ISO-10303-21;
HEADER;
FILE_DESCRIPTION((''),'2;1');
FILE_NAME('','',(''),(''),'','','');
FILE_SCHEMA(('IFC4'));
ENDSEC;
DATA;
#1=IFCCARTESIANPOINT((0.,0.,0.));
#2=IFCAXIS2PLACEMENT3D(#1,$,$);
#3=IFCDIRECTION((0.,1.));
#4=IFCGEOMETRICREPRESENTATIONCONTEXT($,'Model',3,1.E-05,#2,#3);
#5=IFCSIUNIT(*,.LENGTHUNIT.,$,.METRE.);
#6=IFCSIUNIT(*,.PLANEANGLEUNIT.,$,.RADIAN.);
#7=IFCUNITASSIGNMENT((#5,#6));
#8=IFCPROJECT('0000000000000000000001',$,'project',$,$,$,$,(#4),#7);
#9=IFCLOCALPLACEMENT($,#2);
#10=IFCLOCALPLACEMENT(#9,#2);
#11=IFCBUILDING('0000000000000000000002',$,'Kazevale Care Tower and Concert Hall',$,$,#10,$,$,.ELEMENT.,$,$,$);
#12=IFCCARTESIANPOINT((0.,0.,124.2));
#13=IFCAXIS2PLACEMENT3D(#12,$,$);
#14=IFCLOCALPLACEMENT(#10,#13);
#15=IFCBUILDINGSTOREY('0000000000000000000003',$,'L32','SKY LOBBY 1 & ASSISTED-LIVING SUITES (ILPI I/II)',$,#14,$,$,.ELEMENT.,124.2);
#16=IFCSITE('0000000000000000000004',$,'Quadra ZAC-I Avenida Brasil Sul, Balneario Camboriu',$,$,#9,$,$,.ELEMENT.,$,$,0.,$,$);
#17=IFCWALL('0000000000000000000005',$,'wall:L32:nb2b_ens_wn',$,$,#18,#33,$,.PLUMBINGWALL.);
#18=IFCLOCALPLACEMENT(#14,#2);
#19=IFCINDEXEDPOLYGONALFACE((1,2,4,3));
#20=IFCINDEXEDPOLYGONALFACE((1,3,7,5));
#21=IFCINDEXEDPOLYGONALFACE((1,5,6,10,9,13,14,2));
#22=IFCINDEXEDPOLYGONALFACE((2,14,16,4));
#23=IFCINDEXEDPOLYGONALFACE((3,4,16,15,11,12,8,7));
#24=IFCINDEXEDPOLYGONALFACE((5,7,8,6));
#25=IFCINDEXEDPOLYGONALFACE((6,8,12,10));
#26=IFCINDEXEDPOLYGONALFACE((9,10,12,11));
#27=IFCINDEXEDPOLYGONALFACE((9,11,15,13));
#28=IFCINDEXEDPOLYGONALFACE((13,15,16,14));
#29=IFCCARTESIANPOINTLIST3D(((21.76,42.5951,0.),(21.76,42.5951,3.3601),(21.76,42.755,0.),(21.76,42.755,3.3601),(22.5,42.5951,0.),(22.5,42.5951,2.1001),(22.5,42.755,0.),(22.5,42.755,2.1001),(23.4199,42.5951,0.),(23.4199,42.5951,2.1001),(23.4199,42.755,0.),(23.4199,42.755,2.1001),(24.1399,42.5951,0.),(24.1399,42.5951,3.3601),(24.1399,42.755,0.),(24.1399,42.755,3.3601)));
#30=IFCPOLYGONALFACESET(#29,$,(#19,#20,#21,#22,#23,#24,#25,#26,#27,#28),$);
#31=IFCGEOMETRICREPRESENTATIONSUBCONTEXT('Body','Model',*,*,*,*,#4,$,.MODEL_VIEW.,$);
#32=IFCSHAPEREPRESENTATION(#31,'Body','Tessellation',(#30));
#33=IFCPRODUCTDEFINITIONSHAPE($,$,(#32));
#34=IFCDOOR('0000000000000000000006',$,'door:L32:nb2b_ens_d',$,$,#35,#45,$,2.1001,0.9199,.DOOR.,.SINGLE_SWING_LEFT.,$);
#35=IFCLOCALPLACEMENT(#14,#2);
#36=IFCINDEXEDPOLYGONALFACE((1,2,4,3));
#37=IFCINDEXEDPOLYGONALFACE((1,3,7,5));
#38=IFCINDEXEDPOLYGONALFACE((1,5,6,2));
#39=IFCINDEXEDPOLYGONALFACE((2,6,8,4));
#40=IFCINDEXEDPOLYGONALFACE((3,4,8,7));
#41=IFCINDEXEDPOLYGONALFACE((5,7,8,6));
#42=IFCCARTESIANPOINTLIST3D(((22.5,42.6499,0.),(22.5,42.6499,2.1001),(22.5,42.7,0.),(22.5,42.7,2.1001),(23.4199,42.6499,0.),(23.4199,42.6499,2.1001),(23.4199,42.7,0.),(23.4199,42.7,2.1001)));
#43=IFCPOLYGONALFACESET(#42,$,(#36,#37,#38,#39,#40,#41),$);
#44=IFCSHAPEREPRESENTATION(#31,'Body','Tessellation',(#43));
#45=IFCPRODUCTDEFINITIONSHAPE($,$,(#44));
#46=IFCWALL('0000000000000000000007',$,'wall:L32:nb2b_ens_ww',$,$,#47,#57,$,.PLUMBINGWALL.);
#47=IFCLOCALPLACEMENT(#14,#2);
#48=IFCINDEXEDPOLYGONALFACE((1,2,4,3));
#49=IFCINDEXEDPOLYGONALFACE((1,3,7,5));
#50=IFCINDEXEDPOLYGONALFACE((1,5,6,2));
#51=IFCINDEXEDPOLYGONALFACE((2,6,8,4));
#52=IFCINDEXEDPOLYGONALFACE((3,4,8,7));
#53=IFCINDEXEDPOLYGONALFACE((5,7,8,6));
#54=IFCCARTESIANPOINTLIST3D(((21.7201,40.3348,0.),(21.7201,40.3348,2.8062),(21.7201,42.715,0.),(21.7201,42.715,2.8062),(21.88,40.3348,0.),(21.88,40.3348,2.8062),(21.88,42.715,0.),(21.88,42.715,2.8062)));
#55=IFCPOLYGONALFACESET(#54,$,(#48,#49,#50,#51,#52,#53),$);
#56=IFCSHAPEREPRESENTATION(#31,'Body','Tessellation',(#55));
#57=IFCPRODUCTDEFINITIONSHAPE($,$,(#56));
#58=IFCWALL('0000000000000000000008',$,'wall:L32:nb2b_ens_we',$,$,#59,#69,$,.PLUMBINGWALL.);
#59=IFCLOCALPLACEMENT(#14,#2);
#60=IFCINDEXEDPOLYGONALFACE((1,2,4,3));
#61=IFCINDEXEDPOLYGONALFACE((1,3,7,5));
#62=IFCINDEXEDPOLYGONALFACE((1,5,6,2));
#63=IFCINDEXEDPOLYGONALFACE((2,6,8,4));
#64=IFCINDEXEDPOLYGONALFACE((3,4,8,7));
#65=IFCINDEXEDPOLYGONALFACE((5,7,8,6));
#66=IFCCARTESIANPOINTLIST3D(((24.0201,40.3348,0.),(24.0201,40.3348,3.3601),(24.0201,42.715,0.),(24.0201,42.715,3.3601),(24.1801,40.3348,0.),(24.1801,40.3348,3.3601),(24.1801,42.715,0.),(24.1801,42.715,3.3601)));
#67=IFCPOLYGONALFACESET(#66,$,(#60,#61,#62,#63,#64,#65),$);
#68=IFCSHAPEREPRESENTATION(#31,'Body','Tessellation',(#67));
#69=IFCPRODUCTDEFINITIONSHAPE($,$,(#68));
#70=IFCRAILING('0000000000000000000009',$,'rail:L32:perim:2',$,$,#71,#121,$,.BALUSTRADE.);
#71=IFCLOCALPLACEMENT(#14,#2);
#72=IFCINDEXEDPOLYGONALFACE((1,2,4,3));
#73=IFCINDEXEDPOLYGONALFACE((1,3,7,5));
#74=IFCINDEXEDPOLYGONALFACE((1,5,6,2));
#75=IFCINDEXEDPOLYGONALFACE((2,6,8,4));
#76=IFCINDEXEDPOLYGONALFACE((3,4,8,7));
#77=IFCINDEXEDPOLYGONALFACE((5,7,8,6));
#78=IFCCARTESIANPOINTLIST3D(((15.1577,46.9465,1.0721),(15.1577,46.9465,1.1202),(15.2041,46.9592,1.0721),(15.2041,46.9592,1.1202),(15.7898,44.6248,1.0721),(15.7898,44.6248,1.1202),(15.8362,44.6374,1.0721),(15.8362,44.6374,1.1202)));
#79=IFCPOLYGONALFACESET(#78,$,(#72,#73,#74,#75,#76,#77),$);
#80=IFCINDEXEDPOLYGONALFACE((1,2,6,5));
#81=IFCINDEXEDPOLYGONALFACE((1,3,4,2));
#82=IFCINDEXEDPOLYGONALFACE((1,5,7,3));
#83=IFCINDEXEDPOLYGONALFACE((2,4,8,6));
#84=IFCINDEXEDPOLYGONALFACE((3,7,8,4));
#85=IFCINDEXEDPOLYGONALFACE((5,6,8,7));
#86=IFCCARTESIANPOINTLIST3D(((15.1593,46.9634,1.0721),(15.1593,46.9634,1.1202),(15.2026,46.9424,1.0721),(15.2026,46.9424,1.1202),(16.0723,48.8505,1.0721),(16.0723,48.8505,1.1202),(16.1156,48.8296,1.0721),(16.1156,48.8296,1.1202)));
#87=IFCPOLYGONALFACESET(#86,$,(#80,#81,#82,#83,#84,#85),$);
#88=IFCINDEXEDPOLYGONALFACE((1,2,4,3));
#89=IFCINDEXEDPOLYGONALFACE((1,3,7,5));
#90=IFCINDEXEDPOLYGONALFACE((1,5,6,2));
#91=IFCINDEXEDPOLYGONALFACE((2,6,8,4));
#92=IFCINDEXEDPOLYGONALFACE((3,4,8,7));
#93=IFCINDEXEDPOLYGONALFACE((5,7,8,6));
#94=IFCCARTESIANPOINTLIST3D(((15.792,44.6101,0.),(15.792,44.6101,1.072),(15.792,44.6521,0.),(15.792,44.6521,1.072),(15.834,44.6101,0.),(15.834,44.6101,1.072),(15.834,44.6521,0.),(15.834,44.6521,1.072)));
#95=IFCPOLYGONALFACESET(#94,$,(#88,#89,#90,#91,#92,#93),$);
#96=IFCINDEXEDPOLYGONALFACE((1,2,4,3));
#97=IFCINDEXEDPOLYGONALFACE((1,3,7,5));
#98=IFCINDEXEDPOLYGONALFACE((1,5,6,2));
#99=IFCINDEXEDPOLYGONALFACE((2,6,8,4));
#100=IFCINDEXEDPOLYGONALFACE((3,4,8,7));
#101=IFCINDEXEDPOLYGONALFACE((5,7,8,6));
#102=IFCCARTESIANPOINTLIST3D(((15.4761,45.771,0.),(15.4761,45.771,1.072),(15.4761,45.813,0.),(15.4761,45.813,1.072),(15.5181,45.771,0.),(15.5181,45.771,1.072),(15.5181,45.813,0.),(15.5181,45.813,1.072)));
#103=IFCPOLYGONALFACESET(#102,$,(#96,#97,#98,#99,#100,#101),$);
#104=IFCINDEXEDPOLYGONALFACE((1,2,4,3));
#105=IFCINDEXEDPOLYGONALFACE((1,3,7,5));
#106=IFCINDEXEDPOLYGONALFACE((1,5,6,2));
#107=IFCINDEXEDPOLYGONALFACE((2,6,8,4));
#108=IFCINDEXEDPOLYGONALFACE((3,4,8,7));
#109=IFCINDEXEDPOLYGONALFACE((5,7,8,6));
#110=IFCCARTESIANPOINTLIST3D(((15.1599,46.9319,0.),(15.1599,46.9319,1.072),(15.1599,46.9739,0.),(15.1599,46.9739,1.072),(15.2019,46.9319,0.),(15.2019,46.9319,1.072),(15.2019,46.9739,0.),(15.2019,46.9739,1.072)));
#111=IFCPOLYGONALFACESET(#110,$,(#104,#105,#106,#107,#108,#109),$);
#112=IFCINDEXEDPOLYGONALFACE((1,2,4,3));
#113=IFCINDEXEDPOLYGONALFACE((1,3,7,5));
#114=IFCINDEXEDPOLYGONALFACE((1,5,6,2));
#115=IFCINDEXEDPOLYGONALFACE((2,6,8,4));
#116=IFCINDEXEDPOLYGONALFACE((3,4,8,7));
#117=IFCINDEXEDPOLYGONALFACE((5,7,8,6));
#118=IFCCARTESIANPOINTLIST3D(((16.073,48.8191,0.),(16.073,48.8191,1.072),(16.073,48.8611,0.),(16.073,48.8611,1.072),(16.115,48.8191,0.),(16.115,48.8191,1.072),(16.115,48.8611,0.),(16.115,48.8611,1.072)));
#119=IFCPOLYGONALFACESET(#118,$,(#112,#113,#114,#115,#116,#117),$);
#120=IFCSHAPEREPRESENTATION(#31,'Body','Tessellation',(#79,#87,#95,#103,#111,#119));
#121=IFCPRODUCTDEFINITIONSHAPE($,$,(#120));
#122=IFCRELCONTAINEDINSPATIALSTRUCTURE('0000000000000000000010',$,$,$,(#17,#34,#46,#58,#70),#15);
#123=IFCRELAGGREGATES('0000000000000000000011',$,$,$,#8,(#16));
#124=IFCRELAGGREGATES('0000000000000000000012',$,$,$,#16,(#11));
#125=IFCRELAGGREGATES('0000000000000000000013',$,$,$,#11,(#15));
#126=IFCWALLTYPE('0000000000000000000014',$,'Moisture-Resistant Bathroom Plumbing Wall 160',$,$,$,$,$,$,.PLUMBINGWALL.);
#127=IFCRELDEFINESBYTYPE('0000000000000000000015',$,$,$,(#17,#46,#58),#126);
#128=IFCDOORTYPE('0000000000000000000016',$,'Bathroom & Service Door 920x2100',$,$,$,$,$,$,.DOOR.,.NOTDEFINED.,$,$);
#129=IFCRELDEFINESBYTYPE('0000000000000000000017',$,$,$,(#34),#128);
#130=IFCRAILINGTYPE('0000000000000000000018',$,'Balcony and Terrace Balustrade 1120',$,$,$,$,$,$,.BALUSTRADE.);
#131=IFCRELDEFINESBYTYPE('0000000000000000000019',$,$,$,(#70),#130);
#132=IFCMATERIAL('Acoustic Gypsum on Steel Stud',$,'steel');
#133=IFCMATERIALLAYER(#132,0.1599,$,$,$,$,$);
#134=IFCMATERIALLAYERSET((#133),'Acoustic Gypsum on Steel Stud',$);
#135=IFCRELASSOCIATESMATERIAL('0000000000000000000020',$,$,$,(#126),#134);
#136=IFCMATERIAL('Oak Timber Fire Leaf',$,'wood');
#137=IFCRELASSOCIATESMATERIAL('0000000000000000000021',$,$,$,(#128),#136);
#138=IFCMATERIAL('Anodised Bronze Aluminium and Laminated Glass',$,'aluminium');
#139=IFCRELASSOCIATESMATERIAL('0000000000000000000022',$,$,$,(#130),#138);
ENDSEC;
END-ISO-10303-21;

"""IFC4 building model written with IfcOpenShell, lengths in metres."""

from ifc_helpers import new_model, si_unit, direction, frame, frame_2d, origin, origin_2d, place, context, subcontext, project, spatial, rectangle, extrude, material, layer, layer_set, type_object, element, fill, save


model = new_model("IFC4")

# Units and contexts
model_context = context("Model", 3, precision=1e-05, world=origin(), true_north=direction((0.0, 1.0)))
body_context = subcontext(model_context, "Body", "Model", "MODEL_VIEW")
ifc_project = project(units=[si_unit("LENGTHUNIT", "METRE"), si_unit("PLANEANGLEUNIT", "RADIAN")], contexts=[model_context])

# Site, building, storey
site_placement = place(None, origin())
site = spatial("IfcSite", under=ifc_project, at=site_placement, Name="Quadra ZAC-I Avenida Brasil Sul, Balneario Camboriu", CompositionType="ELEMENT", RefElevation=0.0)
building_placement = place(site_placement, origin())
building = spatial("IfcBuilding", under=site, at=building_placement, Name="Kazevale Care Tower and Concert Hall", CompositionType="ELEMENT")
storey_placement = place(building_placement, frame((0.0, 0.0, 124.2)))
storey = spatial("IfcBuildingStorey", under=building, at=storey_placement, Name="L32", Description="SKY LOBBY 1 & ASSISTED-LIVING SUITES (ILPI I/II)", CompositionType="ELEMENT", Elevation=124.2)

# Shared definitions
ifc_material_1 = material(Name="Oak Timber Fire Leaf", Category="wood")

# Shared definitions
ifc_material_2 = material(Name="Acoustic Gypsum on Steel Stud", Category="steel")
ifc_layer_1 = layer(ifc_material_2, 0.1599)
ifc_layer_set_1 = layer_set([ifc_layer_1], Name="Acoustic Gypsum on Steel Stud")
wall_type_1 = type_object("IfcWallType", Name="Moisture-Resistant Bathroom Plumbing Wall 160", PredefinedType="PLUMBINGWALL", material=ifc_layer_set_1)

# Wall, opening, door
wall_1_placement = place(storey_placement, frame((21.76, 42.675, 0.0), z_axis=(0.0, 0.0, 1.0), x_axis=(1.0, 0.0, 0.0)))
wall_1 = element("IfcWall", 1, at=wall_1_placement, inside=storey, type_object=wall_type_1, Name="wall:L32:nb2b_ens_wn", PredefinedType="PLUMBINGWALL", context=body_context, shape_type="SweptSolid", body=[
    extrude(rectangle(XDim=2.3799, YDim=0.1599, at=frame_2d((1.1899, 0.0))), origin(), (0.0, 0.0, 1.0), 3.3601),
])
opening_1_placement = place(wall_1_placement, frame((0.74, 0.0, 0.0)))
opening_1 = element("IfcOpeningElement", 2, at=opening_1_placement, cuts=wall_1, PredefinedType="OPENING", context=body_context, shape_type="SweptSolid", body=[
    extrude(rectangle(XDim=0.9199, YDim=2.1001, at=frame_2d((0.46, 1.05))), frame((0.0, 0.0898, 0.0), z_axis=(0.0, -1.0, 0.0), x_axis=(1.0, 0.0, 0.0)), (0.0, 0.0, 1.0), 0.1799),
])
door_type_1 = type_object("IfcDoorType", Name="Bathroom & Service Door 920x2100", OperationType="NOTDEFINED", PredefinedType="DOOR", material=ifc_material_1)
door_1_placement = place(opening_1_placement, origin())
door_1 = element("IfcDoor", 3, at=door_1_placement, inside=storey, type_object=door_type_1, Name="door:L32:nb2b_ens_d", OperationType="SINGLE_SWING_LEFT", OverallHeight=2.1001, OverallWidth=0.9199, PredefinedType="DOOR", context=body_context, shape_type="SweptSolid", body=[
    extrude(rectangle(XDim=0.9199, YDim=2.1001, at=frame_2d((0.46, 1.05))), frame((0.0, 0.0249, 0.0), z_axis=(0.0, -1.0, 0.0), x_axis=(1.0, 0.0, 0.0)), (0.0, 0.0, 1.0), 0.05),
])
fill(opening_1, door_1)

# Walls
wall_2_placement = place(storey_placement, frame((21.8, 40.335, 0.0), z_axis=(0.0, 0.0, 1.0), x_axis=(0.0, 1.0, 0.0)))
element("IfcWall", 4, at=wall_2_placement, inside=storey, type_object=wall_type_1, Name="wall:L32:nb2b_ens_ww", PredefinedType="PLUMBINGWALL", context=body_context, shape_type="SweptSolid", body=[
    extrude(rectangle(XDim=2.3801, YDim=0.1599, at=frame_2d((1.1899, 0.0))), origin(), (0.0, 0.0, 1.0), 2.8062),
])
wall_3_placement = place(storey_placement, frame((24.1001, 40.335, 0.0), z_axis=(0.0, 0.0, 1.0), x_axis=(0.0, 1.0, 0.0)))
element("IfcWall", 5, at=wall_3_placement, inside=storey, type_object=wall_type_1, Name="wall:L32:nb2b_ens_we", PredefinedType="PLUMBINGWALL", context=body_context, shape_type="SweptSolid", body=[
    extrude(rectangle(XDim=2.3801, YDim=0.1599, at=frame_2d((1.1899, 0.0))), origin(), (0.0, 0.0, 1.0), 3.3601),
])

# Railing
ifc_material_3 = material(Name="Anodised Bronze Aluminium and Laminated Glass", Category="aluminium")
railing_type = type_object("IfcRailingType", Name="Balcony and Terrace Balustrade 1120", PredefinedType="BALUSTRADE", material=ifc_material_3)
railing_placement = place(storey_placement, frame((15.813, 44.6311, 0.0)))
element("IfcRailing", 6, at=railing_placement, inside=storey, type_object=railing_type, Name="rail:L32:perim:2", PredefinedType="BALUSTRADE", context=body_context, shape_type="SweptSolid", body=[
    extrude(rectangle(XDim=0.0481, YDim=0.0481, at=origin_2d()), frame((0.0, 0.0, 1.0962), z_axis=(-0.26268, 0.964883, 0.0), x_axis=(-0.964883, -0.26268, 0.0)), (0.0, 0.0, 1.0), 2.4062),
    extrude(rectangle(XDim=0.0481, YDim=0.0481, at=origin_2d()), frame((-0.6321, 2.3218, 1.0962), z_axis=(0.43553, 0.900174, 0.0), x_axis=(-0.900174, 0.43553, 0.0)), (0.0, 0.0, 1.0), 2.0964),
    extrude(rectangle(XDim=0.042, YDim=0.042, at=origin_2d()), origin(), (0.0, 0.0, 1.0), 1.072),
    extrude(rectangle(XDim=0.042, YDim=0.042, at=origin_2d()), frame((-0.3159, 1.1609, 0.0)), (0.0, 0.0, 1.0), 1.072),
    extrude(rectangle(XDim=0.042, YDim=0.042, at=origin_2d()), frame((-0.6321, 2.3218, 0.0)), (0.0, 0.0, 1.0), 1.072),
    extrude(rectangle(XDim=0.042, YDim=0.042, at=origin_2d()), frame((0.281, 4.209, 0.0)), (0.0, 0.0, 1.0), 1.072),
])

save(model, "model.ifc")
